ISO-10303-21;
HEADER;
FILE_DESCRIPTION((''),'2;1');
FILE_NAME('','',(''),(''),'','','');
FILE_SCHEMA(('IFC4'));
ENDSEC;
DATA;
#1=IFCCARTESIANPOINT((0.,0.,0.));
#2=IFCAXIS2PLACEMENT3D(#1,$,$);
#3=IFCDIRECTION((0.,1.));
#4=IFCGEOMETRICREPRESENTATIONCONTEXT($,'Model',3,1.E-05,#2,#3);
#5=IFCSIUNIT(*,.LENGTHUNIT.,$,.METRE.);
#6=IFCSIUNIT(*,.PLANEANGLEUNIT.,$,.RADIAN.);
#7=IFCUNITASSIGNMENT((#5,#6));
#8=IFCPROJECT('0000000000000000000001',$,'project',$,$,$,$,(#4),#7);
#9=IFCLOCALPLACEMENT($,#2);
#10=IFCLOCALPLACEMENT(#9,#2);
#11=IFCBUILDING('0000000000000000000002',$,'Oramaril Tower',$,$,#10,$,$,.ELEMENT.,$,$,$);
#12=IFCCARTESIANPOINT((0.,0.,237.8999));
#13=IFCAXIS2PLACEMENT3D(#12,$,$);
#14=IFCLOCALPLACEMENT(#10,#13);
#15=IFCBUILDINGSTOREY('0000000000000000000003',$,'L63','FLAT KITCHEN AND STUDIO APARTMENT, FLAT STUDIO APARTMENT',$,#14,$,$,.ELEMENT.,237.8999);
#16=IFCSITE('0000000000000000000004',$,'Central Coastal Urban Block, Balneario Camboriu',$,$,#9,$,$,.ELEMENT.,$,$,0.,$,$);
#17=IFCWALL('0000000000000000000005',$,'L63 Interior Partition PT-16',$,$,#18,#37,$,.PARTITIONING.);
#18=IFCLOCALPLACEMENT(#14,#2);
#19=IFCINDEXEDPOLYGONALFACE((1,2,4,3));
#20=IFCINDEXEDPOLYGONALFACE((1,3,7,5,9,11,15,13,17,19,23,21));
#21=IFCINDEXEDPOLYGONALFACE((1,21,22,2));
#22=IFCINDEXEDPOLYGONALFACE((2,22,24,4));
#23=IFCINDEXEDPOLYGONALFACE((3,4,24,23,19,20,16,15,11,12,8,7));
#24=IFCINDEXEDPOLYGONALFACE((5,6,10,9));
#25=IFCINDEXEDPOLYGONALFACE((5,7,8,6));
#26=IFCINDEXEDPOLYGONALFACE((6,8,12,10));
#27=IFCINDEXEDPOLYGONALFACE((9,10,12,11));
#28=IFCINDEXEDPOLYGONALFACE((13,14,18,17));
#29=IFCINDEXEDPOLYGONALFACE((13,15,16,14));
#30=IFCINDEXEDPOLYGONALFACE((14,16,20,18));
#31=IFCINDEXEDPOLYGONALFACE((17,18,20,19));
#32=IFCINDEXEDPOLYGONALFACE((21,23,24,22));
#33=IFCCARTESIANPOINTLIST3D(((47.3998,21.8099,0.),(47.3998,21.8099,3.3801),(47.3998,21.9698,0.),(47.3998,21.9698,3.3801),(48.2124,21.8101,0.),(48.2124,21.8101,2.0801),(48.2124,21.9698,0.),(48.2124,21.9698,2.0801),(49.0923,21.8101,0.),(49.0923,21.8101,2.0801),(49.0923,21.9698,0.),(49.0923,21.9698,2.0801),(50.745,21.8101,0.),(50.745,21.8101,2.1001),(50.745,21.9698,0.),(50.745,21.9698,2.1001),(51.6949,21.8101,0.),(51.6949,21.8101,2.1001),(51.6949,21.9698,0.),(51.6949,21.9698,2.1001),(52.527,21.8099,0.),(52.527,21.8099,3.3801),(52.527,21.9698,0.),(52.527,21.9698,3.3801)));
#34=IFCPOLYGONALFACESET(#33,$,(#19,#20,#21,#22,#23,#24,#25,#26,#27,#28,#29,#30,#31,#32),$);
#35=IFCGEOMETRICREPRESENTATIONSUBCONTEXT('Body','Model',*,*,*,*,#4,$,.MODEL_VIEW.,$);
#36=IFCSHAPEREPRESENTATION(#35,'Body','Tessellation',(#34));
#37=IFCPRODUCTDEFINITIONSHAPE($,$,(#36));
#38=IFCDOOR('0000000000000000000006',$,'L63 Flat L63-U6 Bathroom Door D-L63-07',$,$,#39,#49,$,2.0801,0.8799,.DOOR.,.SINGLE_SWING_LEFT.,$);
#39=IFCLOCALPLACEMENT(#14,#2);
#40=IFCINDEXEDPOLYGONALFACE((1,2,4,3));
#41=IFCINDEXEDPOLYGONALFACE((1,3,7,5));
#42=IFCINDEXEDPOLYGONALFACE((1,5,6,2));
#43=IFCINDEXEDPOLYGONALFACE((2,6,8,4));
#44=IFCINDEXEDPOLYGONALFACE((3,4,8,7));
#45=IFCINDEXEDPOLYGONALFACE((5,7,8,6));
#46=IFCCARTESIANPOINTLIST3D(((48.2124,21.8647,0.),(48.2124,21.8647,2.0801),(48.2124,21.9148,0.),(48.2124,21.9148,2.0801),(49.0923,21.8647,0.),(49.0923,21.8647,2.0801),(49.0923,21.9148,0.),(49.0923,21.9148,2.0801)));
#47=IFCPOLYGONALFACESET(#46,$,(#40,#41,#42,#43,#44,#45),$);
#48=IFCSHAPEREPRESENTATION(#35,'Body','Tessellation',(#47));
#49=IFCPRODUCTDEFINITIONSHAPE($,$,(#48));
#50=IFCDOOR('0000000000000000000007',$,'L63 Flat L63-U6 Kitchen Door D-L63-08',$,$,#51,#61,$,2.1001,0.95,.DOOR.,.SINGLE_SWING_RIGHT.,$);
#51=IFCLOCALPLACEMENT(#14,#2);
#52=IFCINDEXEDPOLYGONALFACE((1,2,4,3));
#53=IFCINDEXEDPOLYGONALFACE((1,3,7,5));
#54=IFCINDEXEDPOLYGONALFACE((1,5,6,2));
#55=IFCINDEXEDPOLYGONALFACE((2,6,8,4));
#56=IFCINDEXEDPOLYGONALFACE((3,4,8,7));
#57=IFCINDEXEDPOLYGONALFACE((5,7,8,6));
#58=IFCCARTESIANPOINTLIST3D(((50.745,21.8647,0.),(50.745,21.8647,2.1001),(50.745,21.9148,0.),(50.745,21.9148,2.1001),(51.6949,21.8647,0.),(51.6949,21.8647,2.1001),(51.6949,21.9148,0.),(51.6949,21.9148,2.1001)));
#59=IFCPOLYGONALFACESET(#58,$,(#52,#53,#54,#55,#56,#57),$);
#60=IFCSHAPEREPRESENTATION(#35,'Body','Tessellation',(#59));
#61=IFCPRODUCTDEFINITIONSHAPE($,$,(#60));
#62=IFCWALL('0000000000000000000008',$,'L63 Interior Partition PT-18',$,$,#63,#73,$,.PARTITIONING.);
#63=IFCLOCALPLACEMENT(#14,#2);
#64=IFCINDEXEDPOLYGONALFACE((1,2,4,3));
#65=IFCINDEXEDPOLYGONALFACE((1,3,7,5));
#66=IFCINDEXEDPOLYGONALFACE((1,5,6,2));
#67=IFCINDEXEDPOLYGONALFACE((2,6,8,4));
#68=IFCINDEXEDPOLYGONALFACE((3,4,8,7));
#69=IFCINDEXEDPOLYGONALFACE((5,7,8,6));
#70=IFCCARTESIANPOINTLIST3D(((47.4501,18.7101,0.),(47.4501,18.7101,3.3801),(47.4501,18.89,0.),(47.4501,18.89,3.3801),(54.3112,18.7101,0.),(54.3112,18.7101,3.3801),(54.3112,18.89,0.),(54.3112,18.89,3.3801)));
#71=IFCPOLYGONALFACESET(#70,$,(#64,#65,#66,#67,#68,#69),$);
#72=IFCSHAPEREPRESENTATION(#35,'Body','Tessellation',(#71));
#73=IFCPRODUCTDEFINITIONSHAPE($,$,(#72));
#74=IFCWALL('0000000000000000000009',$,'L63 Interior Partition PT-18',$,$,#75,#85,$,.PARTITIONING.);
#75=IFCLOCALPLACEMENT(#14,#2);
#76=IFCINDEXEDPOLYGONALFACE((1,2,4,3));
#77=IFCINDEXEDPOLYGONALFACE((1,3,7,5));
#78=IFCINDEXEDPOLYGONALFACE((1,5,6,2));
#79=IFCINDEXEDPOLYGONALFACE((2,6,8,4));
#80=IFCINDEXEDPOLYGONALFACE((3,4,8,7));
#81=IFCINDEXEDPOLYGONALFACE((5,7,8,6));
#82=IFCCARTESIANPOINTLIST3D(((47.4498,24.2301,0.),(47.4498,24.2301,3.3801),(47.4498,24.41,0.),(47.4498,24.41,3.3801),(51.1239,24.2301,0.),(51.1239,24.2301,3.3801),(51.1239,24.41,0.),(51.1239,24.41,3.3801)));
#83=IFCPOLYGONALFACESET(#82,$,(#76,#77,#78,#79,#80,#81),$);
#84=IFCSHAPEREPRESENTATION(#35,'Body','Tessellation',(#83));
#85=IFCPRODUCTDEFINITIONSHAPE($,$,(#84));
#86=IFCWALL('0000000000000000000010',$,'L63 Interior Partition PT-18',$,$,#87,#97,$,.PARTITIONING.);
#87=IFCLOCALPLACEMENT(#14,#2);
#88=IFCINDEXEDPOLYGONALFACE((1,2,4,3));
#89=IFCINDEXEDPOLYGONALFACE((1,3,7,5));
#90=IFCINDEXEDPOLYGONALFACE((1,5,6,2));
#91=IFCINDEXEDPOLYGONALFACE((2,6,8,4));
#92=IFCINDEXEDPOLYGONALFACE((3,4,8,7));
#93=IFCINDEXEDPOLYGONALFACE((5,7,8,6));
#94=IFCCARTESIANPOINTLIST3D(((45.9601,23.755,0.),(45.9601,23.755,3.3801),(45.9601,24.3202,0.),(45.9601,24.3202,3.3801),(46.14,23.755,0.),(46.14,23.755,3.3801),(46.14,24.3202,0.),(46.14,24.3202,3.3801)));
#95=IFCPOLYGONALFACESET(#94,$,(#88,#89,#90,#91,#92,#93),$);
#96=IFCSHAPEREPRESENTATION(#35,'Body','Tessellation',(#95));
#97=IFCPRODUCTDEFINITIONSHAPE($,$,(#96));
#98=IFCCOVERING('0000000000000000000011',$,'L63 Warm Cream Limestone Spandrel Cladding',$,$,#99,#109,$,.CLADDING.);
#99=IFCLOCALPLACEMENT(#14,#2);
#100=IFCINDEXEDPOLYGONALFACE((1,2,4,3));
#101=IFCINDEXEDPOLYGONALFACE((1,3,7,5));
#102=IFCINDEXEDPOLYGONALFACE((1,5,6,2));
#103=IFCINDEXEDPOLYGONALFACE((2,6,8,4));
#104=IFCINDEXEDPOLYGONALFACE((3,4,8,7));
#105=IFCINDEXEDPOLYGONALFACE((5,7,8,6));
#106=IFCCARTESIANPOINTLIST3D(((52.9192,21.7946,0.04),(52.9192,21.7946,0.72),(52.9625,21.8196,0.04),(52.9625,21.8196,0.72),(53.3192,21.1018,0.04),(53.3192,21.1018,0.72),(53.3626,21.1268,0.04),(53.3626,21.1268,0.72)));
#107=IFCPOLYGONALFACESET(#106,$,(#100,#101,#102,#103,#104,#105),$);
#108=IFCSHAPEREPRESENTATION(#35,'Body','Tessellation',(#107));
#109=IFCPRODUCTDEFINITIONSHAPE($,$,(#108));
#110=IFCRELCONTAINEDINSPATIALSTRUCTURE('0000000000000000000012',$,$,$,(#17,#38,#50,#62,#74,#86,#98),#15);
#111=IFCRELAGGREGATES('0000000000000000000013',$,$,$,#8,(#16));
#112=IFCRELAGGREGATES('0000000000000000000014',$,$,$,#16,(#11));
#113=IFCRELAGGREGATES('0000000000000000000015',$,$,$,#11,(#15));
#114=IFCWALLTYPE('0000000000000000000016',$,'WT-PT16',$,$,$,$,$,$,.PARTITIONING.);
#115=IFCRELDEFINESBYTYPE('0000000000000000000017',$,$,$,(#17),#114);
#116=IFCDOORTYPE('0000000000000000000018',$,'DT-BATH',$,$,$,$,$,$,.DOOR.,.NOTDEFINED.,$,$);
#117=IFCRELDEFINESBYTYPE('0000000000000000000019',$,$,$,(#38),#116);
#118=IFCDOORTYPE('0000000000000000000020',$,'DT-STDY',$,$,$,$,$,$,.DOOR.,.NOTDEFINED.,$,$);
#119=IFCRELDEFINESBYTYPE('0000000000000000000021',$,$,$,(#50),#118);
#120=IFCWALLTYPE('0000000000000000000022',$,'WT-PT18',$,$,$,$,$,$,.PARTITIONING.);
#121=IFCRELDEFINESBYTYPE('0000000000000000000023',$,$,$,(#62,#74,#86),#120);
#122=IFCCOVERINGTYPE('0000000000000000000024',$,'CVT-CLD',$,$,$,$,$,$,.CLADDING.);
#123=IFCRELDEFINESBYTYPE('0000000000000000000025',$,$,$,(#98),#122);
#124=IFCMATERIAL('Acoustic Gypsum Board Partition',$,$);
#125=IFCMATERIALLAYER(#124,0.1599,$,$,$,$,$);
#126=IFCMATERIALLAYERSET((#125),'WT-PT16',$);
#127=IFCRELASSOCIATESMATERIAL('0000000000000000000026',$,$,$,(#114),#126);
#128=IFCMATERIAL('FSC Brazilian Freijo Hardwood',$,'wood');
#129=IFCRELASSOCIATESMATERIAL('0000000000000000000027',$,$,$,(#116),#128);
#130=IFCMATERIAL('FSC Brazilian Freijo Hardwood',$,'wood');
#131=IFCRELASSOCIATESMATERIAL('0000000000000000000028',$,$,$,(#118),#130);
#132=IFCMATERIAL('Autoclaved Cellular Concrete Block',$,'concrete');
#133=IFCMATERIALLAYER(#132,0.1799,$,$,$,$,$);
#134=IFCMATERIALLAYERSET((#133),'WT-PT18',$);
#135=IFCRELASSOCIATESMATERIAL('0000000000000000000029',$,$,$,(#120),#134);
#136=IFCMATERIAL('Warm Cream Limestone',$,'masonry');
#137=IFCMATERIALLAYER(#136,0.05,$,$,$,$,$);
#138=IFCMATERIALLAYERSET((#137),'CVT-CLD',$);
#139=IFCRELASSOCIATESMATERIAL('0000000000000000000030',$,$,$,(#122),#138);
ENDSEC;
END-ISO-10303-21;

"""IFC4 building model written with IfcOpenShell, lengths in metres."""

from ifc_helpers import new_model, si_unit, direction, frame, frame_2d, origin, origin_2d, place, context, subcontext, project, spatial, rectangle, extrude, material, layer, layer_set, type_object, element, fill, save


model = new_model("IFC4")

# Units and contexts
model_context = context("Model", 3, precision=1e-05, world=origin(), true_north=direction((0.0, 1.0)))
body_context = subcontext(model_context, "Body", "Model", "MODEL_VIEW")
ifc_project = project(units=[si_unit("LENGTHUNIT", "METRE"), si_unit("PLANEANGLEUNIT", "RADIAN")], contexts=[model_context])

# Site, building, storey
site_placement = place(None, origin())
site = spatial("IfcSite", under=ifc_project, at=site_placement, Name="Central Coastal Urban Block, Balneario Camboriu", CompositionType="ELEMENT", RefElevation=0.0)
building_placement = place(site_placement, origin())
building = spatial("IfcBuilding", under=site, at=building_placement, Name="Oramaril Tower", CompositionType="ELEMENT")
storey_placement = place(building_placement, frame((0.0, 0.0, 237.8999)))
storey = spatial("IfcBuildingStorey", under=building, at=storey_placement, Name="L63", Description="FLAT KITCHEN AND STUDIO APARTMENT, FLAT STUDIO APARTMENT", CompositionType="ELEMENT", Elevation=237.8999)

# Wall, openings, doors
ifc_material_1 = material(Name="Acoustic Gypsum Board Partition")
ifc_layer_1 = layer(ifc_material_1, 0.1599)
ifc_layer_set_1 = layer_set([ifc_layer_1], Name="WT-PT16")
wall_type_1 = type_object("IfcWallType", Name="WT-PT16", PredefinedType="PARTITIONING", material=ifc_layer_set_1)
wall_1_placement = place(storey_placement, frame((47.3999, 21.8899, 0.0), z_axis=(0.0, 0.0, 1.0), x_axis=(1.0, 0.0, 0.0)))
wall_1 = element("IfcWall", 1, at=wall_1_placement, inside=storey, type_object=wall_type_1, Name="L63 Interior Partition PT-16", PredefinedType="PARTITIONING", context=body_context, shape_type="SweptSolid", body=[
    extrude(rectangle(XDim=5.1272, YDim=0.1599, at=frame_2d((2.5635, 0.0))), origin(), (0.0, 0.0, 1.0), 3.3801),
])
opening_1_placement = place(wall_1_placement, frame((0.8125, 0.0, 0.0)))
opening_1 = element("IfcOpeningElement", 2, at=opening_1_placement, cuts=wall_1, PredefinedType="OPENING", context=body_context, shape_type="SweptSolid", body=[
    extrude(rectangle(XDim=0.8799, YDim=2.0801, at=frame_2d((0.4399, 1.04))), frame((0.0, 0.0801, 0.0), z_axis=(0.0, -1.0, 0.0), x_axis=(1.0, 0.0, 0.0)), (0.0, 0.0, 1.0), 0.1599),
])
opening_2_placement = place(wall_1_placement, frame((3.345, 0.0, 0.0)))
opening_2 = element("IfcOpeningElement", 3, at=opening_2_placement, cuts=wall_1, PredefinedType="OPENING", context=body_context, shape_type="SweptSolid", body=[
    extrude(rectangle(XDim=0.95, YDim=2.1001, at=frame_2d((0.4751, 1.05))), frame((0.0, 0.0801, 0.0), z_axis=(0.0, -1.0, 0.0), x_axis=(1.0, 0.0, 0.0)), (0.0, 0.0, 1.0), 0.1599),
])
ifc_material_2 = material(Name="FSC Brazilian Freijo Hardwood", Category="wood")
door_type_1 = type_object("IfcDoorType", Name="DT-BATH", OperationType="NOTDEFINED", PredefinedType="DOOR", material=ifc_material_2)
door_1_placement = place(opening_1_placement, origin())
door_1 = element("IfcDoor", 4, at=door_1_placement, inside=storey, type_object=door_type_1, Name="L63 Flat L63-U6 Bathroom Door D-L63-07", OperationType="SINGLE_SWING_LEFT", OverallHeight=2.0801, OverallWidth=0.8799, PredefinedType="DOOR", context=body_context, shape_type="SweptSolid", body=[
    extrude(rectangle(XDim=0.8799, YDim=2.0801, at=frame_2d((0.4399, 1.04))), frame((0.0, 0.0249, 0.0), z_axis=(0.0, -1.0, 0.0), x_axis=(1.0, 0.0, 0.0)), (0.0, 0.0, 1.0), 0.05),
])
fill(opening_1, door_1)
ifc_material_3 = material(Name="FSC Brazilian Freijo Hardwood", Category="wood")
door_type_2 = type_object("IfcDoorType", Name="DT-STDY", OperationType="NOTDEFINED", PredefinedType="DOOR", material=ifc_material_3)
door_2_placement = place(opening_2_placement, origin())
door_2 = element("IfcDoor", 5, at=door_2_placement, inside=storey, type_object=door_type_2, Name="L63 Flat L63-U6 Kitchen Door D-L63-08", OperationType="SINGLE_SWING_RIGHT", OverallHeight=2.1001, OverallWidth=0.95, PredefinedType="DOOR", context=body_context, shape_type="SweptSolid", body=[
    extrude(rectangle(XDim=0.95, YDim=2.1001, at=frame_2d((0.4751, 1.05))), frame((0.0, 0.0249, 0.0), z_axis=(0.0, -1.0, 0.0), x_axis=(1.0, 0.0, 0.0)), (0.0, 0.0, 1.0), 0.05),
])
fill(opening_2, door_2)

# Walls
ifc_material_4 = material(Name="Autoclaved Cellular Concrete Block", Category="concrete")
ifc_layer_2 = layer(ifc_material_4, 0.1799)
ifc_layer_set_2 = layer_set([ifc_layer_2], Name="WT-PT18")
wall_type_2 = type_object("IfcWallType", Name="WT-PT18", PredefinedType="PARTITIONING", material=ifc_layer_set_2)
wall_2_placement = place(storey_placement, frame((47.45, 18.8, 0.0), z_axis=(0.0, 0.0, 1.0), x_axis=(1.0, 0.0, 0.0)))
element("IfcWall", 6, at=wall_2_placement, inside=storey, type_object=wall_type_2, Name="L63 Interior Partition PT-18", PredefinedType="PARTITIONING", context=body_context, shape_type="SweptSolid", body=[
    extrude(rectangle(XDim=6.8611, YDim=0.1799, at=frame_2d((3.4307, 0.0))), origin(), (0.0, 0.0, 1.0), 3.3801),
])
wall_3_placement = place(storey_placement, frame((47.45, 24.3201, 0.0), z_axis=(0.0, 0.0, 1.0), x_axis=(1.0, 0.0, 0.0)))
element("IfcWall", 7, at=wall_3_placement, inside=storey, type_object=wall_type_2, Name="L63 Interior Partition PT-18", PredefinedType="PARTITIONING", context=body_context, shape_type="SweptSolid", body=[
    extrude(rectangle(XDim=3.6741, YDim=0.1799, at=frame_2d((1.8369, 0.0))), origin(), (0.0, 0.0, 1.0), 3.3801),
])
wall_4_placement = place(storey_placement, frame((46.05, 23.7549, 0.0), z_axis=(0.0, 0.0, 1.0), x_axis=(0.0, 1.0, 0.0)))
element("IfcWall", 8, at=wall_4_placement, inside=storey, type_object=wall_type_2, Name="L63 Interior Partition PT-18", PredefinedType="PARTITIONING", context=body_context, shape_type="SweptSolid", body=[
    extrude(rectangle(XDim=0.5652, YDim=0.1799, at=frame_2d((0.2827, 0.0))), origin(), (0.0, 0.0, 1.0), 3.3801),
])

# Covering
ifc_material_5 = material(Name="Warm Cream Limestone", Category="masonry")
ifc_layer_3 = layer(ifc_material_5, 0.05)
ifc_layer_set_3 = layer_set([ifc_layer_3], Name="CVT-CLD")
covering_type = type_object("IfcCoveringType", Name="CVT-CLD", PredefinedType="CLADDING", material=ifc_layer_set_3)
covering_placement = place(storey_placement, frame((53.1409, 21.4607, 0.04), z_axis=(0.0, 0.0, 1.0), x_axis=(-0.500002, 0.866025, 0.0)))
element("IfcCovering", 9, at=covering_placement, inside=storey, type_object=covering_type, Name="L63 Warm Cream Limestone Spandrel Cladding", PredefinedType="CLADDING", context=body_context, shape_type="SweptSolid", body=[
    extrude(rectangle(XDim=0.8, YDim=0.05, at=origin_2d()), origin(), (0.0, 0.0, 1.0), 0.6799),
])

save(model, "model.ifc")
